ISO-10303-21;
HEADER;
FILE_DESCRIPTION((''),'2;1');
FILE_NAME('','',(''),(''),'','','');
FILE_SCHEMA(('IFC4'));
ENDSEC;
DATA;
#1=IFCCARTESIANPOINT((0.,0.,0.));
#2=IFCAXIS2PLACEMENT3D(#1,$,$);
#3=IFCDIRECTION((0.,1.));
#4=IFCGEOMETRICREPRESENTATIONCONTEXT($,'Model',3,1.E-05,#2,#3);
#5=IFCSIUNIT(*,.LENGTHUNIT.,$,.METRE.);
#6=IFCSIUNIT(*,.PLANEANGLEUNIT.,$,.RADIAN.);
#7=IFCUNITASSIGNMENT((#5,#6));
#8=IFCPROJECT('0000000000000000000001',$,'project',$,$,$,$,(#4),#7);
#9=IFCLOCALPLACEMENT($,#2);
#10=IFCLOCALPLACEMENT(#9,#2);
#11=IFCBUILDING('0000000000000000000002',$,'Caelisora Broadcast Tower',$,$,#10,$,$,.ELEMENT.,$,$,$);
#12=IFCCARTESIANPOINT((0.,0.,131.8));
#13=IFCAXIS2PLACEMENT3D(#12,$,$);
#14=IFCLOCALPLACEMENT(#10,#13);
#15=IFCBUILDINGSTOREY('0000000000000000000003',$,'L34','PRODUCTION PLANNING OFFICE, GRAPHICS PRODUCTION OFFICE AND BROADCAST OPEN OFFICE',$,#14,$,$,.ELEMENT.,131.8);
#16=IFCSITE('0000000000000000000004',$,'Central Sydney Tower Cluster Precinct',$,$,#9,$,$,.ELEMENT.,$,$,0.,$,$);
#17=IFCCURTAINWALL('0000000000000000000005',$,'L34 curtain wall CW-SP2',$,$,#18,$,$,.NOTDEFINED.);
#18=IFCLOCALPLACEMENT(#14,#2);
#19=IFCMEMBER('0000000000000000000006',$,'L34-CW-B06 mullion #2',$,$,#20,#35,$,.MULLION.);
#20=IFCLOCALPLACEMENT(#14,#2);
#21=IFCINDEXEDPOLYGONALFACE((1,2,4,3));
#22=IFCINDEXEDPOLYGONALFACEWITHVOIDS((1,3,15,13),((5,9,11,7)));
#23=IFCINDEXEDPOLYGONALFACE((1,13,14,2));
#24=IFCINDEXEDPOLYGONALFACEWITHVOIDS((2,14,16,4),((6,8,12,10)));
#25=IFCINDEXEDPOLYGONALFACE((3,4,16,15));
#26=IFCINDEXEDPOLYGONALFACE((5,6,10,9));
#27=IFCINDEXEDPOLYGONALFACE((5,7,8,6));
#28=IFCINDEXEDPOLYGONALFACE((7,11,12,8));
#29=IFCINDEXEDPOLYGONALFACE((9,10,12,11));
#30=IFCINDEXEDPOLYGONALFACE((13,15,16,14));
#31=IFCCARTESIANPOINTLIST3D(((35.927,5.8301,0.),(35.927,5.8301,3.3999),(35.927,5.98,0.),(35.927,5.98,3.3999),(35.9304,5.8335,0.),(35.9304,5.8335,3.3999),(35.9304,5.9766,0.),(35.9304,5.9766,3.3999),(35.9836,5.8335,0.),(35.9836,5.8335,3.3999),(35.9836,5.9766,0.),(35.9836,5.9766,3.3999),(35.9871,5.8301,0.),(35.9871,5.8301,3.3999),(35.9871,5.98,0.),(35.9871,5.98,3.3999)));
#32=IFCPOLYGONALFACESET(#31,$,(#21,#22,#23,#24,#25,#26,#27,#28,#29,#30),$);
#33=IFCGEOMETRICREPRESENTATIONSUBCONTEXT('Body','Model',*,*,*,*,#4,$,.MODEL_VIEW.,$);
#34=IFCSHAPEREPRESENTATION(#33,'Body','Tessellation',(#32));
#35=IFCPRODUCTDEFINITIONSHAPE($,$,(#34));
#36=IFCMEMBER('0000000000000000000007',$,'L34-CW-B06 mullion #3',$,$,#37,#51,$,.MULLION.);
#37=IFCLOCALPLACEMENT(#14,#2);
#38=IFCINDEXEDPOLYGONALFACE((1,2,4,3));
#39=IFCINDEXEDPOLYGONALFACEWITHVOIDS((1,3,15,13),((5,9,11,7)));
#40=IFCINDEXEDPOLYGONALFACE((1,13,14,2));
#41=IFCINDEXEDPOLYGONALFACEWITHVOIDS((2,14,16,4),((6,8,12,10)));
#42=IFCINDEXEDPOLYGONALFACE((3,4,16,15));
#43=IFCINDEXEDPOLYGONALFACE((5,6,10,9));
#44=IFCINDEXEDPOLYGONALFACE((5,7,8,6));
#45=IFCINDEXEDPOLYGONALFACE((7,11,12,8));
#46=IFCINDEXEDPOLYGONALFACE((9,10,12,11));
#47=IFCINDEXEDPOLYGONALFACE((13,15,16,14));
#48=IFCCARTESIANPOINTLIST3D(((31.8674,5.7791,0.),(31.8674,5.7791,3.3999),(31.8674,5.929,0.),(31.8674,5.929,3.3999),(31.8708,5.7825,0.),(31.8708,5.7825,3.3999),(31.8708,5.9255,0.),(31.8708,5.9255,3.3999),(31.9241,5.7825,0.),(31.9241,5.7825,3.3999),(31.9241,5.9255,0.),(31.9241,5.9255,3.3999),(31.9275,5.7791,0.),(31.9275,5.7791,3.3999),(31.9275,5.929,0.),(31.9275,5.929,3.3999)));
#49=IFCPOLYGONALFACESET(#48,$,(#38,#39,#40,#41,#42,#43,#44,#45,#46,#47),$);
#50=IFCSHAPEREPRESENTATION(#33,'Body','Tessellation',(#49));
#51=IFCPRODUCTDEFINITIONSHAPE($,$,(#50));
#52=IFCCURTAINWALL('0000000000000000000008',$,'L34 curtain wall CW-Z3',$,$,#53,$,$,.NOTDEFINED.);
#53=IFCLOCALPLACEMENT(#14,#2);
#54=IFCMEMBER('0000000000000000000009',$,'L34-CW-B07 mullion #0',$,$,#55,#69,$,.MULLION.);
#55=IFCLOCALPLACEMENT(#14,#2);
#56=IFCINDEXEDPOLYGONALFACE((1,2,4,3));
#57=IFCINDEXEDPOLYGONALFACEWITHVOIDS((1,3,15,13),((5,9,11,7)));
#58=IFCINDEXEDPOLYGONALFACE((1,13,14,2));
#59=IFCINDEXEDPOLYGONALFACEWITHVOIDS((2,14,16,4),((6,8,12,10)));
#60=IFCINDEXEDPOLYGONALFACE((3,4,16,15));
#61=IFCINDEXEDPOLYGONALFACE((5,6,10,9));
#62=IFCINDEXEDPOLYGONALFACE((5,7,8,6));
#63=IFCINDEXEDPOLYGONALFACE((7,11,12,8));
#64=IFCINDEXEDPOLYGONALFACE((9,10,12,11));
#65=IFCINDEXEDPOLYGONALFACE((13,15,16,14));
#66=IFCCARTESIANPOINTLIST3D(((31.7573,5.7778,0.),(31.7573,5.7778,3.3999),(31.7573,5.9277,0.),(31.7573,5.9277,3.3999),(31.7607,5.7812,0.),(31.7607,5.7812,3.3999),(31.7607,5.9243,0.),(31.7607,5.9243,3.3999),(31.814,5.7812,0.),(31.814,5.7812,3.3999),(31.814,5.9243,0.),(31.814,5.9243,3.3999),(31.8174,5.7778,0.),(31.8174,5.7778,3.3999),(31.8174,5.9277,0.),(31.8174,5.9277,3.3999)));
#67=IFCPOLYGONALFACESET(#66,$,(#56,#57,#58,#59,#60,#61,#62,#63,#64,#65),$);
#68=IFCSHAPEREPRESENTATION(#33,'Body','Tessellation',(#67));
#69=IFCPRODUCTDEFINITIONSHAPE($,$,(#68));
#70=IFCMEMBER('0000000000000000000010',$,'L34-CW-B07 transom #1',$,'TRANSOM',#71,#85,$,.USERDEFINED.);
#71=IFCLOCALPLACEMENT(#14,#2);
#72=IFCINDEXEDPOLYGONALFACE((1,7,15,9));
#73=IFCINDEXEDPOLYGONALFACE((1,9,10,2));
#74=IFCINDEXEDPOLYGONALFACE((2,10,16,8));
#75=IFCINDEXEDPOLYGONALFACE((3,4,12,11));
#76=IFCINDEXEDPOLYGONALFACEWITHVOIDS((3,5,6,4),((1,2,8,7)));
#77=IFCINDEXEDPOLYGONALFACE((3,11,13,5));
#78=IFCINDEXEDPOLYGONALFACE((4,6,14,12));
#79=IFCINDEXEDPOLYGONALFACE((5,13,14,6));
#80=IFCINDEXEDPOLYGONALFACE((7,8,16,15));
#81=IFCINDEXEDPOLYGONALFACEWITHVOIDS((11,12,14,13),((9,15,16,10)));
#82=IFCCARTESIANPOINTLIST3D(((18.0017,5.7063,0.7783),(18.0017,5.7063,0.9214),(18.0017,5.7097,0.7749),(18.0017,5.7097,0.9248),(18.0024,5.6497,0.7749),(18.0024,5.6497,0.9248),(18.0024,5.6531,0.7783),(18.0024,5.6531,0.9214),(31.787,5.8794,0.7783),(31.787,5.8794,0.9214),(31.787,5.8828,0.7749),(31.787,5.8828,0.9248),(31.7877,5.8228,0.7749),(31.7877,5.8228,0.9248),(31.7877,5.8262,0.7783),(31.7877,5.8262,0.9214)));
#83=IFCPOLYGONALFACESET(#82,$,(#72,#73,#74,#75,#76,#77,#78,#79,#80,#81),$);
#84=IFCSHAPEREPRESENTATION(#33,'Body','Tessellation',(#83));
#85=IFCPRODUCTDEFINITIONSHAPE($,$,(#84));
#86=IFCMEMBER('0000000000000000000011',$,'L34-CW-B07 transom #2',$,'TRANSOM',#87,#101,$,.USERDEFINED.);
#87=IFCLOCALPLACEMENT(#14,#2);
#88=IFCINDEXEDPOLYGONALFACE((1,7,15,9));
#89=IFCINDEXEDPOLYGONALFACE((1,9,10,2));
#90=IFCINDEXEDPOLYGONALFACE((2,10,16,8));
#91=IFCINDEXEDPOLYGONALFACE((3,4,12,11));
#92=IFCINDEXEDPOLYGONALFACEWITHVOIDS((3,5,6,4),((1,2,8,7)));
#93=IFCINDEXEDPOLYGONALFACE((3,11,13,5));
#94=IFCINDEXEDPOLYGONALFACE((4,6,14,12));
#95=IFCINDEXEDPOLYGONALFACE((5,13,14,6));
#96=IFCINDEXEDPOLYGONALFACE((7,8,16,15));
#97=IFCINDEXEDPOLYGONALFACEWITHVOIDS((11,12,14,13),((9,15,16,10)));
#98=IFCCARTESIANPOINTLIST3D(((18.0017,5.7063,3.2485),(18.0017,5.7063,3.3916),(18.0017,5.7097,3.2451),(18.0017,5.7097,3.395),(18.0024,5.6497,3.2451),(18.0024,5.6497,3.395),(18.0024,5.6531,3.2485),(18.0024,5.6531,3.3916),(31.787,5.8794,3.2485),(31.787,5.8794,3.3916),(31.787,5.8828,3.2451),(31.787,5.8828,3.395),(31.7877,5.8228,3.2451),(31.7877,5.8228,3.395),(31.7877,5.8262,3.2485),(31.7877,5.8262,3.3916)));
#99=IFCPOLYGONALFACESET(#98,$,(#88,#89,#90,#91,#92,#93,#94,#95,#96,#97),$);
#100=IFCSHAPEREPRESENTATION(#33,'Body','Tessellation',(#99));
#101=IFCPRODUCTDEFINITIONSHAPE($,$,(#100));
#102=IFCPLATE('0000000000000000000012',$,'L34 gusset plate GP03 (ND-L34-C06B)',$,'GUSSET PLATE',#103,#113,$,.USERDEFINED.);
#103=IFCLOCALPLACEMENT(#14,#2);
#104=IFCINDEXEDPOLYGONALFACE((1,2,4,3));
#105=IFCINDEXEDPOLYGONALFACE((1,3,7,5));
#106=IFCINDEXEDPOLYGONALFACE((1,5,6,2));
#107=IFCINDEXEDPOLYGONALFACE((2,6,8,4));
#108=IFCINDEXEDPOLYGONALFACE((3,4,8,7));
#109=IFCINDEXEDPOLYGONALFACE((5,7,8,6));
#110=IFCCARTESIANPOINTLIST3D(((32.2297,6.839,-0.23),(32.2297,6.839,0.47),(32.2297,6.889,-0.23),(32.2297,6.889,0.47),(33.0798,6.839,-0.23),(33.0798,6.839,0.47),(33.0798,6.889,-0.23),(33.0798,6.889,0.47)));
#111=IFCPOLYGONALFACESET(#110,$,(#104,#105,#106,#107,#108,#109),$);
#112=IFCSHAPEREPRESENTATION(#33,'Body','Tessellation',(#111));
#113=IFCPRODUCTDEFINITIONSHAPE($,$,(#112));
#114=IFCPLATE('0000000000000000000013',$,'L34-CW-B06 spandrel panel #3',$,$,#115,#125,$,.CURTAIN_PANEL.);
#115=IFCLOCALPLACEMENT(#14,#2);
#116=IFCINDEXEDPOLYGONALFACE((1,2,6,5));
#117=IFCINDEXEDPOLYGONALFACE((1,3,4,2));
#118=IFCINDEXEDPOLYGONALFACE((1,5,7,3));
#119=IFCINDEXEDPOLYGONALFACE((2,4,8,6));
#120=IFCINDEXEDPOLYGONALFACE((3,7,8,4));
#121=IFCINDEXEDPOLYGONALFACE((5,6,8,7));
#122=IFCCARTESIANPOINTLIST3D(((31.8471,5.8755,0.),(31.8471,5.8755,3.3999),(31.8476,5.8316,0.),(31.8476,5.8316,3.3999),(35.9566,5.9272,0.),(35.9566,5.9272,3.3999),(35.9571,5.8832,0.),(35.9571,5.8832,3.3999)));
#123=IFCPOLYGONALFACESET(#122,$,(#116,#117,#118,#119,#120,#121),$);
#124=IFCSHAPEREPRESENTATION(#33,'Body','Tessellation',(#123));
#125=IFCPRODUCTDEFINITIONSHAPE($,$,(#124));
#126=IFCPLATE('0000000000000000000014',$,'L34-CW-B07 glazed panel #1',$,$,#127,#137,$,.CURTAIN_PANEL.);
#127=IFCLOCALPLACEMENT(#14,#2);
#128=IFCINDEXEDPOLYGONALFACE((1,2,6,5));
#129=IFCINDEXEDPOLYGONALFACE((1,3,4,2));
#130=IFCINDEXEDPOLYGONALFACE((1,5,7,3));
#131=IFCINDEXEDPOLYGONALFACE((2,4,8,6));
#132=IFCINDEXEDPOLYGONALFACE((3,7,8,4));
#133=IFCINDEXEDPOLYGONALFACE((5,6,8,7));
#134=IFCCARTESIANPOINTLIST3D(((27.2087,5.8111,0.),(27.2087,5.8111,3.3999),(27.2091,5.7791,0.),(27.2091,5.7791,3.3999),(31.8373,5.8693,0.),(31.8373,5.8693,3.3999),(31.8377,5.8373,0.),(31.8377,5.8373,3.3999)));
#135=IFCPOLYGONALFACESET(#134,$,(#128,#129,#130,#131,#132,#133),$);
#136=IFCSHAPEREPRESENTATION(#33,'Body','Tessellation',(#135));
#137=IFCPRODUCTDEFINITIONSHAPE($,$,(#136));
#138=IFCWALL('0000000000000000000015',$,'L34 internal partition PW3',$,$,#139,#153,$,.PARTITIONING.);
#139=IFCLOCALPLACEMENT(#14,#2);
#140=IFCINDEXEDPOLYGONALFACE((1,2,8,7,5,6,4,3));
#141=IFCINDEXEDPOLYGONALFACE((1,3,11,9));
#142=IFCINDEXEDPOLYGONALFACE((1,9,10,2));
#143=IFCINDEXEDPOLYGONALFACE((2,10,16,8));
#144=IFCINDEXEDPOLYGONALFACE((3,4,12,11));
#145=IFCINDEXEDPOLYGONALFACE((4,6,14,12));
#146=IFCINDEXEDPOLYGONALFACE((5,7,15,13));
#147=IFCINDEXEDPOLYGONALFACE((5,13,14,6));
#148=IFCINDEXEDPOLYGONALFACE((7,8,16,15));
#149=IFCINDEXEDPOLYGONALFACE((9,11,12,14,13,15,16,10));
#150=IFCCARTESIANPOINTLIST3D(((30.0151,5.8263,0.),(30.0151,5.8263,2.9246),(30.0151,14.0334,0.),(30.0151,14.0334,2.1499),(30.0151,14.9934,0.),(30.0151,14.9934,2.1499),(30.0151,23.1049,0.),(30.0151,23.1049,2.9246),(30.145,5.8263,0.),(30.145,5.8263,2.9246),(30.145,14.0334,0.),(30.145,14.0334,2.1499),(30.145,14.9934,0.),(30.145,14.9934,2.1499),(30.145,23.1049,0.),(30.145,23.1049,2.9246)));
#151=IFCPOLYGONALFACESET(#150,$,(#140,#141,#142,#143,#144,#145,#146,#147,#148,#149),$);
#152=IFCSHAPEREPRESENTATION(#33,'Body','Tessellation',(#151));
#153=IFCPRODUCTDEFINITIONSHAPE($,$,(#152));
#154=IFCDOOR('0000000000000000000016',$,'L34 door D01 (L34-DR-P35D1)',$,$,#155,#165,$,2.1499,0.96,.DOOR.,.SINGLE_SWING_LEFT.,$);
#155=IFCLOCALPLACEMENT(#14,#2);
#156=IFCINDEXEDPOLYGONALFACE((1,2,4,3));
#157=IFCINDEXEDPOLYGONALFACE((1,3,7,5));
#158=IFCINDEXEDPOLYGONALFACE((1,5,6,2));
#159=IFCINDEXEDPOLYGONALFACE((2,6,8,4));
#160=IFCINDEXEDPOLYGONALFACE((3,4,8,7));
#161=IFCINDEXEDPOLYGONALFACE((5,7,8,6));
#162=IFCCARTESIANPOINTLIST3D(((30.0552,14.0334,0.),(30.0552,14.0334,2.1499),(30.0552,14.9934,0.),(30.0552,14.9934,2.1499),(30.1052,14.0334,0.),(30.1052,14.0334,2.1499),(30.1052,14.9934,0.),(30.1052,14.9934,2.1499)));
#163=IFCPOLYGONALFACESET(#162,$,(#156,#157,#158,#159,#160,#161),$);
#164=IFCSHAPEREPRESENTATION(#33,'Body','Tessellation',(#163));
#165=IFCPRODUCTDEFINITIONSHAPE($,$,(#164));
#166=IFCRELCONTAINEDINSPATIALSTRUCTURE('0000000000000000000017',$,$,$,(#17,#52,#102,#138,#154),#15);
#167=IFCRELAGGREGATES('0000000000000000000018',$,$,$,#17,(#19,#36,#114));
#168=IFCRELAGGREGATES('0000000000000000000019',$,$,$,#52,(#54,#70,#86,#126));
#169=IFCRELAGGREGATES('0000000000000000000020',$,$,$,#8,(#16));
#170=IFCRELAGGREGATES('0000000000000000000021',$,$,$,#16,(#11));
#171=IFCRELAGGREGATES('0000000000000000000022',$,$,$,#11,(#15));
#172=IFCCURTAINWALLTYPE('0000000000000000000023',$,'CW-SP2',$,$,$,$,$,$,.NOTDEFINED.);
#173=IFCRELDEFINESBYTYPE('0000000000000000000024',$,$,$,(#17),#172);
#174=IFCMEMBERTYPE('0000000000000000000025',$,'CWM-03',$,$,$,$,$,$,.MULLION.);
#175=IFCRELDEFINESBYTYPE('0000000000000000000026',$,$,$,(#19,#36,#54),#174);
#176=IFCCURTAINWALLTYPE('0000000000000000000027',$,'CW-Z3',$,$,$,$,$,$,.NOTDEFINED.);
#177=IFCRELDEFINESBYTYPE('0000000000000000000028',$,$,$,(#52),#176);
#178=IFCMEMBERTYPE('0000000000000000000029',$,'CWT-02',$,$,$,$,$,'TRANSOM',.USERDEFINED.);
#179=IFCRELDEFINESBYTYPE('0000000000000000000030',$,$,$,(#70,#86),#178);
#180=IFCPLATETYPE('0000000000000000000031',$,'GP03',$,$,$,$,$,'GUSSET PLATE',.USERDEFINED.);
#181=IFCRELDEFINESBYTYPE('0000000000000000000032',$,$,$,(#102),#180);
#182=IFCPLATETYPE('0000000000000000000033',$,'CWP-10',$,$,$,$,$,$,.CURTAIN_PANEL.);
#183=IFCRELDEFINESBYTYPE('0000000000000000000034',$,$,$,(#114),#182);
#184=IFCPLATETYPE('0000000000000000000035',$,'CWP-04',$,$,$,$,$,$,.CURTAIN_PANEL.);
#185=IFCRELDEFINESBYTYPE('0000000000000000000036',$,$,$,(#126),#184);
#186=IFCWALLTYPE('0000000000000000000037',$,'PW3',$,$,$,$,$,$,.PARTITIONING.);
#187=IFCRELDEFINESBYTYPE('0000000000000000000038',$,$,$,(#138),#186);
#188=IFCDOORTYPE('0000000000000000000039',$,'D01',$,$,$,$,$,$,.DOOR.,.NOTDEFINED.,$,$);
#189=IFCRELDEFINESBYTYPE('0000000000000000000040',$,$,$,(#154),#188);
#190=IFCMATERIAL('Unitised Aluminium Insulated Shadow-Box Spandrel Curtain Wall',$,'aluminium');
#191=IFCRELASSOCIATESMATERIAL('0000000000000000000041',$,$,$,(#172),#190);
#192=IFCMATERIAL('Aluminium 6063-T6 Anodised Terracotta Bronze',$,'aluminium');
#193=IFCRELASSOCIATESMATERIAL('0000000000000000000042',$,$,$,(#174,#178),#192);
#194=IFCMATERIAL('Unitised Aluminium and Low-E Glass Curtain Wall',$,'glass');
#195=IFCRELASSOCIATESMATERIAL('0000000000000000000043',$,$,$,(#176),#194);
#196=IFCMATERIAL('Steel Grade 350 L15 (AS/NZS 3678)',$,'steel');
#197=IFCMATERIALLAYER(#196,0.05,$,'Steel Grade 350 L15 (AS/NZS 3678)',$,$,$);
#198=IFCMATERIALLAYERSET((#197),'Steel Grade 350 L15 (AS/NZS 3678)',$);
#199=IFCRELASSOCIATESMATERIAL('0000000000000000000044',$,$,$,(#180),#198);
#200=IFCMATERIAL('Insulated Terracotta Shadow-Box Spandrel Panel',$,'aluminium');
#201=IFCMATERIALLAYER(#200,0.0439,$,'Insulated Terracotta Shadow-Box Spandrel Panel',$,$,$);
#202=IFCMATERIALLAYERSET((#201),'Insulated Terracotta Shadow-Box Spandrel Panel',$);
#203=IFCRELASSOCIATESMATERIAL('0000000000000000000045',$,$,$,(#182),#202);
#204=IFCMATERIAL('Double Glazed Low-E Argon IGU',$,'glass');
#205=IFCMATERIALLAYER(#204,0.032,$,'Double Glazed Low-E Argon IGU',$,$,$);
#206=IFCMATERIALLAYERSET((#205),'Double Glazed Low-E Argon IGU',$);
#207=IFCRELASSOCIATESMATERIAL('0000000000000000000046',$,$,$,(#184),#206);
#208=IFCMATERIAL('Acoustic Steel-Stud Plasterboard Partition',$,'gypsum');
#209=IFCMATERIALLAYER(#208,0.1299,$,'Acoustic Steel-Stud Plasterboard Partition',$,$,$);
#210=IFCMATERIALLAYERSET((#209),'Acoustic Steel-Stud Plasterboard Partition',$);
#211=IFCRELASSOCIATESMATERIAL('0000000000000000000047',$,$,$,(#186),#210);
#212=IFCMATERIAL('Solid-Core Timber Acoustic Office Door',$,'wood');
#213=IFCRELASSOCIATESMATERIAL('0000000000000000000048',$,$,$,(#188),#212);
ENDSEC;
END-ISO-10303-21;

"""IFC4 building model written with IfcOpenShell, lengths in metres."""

from ifc_helpers import new_model, si_unit, direction, frame, frame_2d, origin, origin_2d, place, context, subcontext, project, spatial, rectangle, hollow_rectangle, extrude, source, transform, mapped, material, layer, layer_set, material_profile, profile_set, type_object, type_shapes, element, fill, aggregate, save


model = new_model("IFC4")

# Units and contexts
model_context = context("Model", 3, precision=1e-05, world=origin(), true_north=direction((0.0, 1.0)))
body_context = subcontext(model_context, "Body", "Model", "MODEL_VIEW")
ifc_project = project(units=[si_unit("LENGTHUNIT", "METRE"), si_unit("PLANEANGLEUNIT", "RADIAN")], contexts=[model_context])

# Site, building, storey
site_placement = place(None, origin())
site = spatial("IfcSite", under=ifc_project, at=site_placement, Name="Central Sydney Tower Cluster Precinct", CompositionType="ELEMENT", RefElevation=0.0)
building_placement = place(site_placement, origin())
building = spatial("IfcBuilding", under=site, at=building_placement, Name="Caelisora Broadcast Tower", CompositionType="ELEMENT")
storey_placement = place(building_placement, frame((0.0, 0.0, 131.8)))
storey = spatial("IfcBuildingStorey", under=building, at=storey_placement, Name="L34", Description="PRODUCTION PLANNING OFFICE, GRAPHICS PRODUCTION OFFICE AND BROADCAST OPEN OFFICE", CompositionType="ELEMENT", Elevation=131.8)

# Shared definitions
ifc_material_1 = material(Name="Steel Grade 350 L15 (AS/NZS 3678)", Category="steel")

# Curtain walls, members
ifc_material_2 = material(Name="Unitised Aluminium Insulated Shadow-Box Spandrel Curtain Wall", Category="aluminium")
curtain_wall_type_1 = type_object("IfcCurtainWallType", Name="CW-SP2", PredefinedType="NOTDEFINED", material=ifc_material_2)
curtain_wall_1_placement = place(storey_placement, origin())
curtain_wall_1 = element("IfcCurtainWall", 1, at=curtain_wall_1_placement, inside=storey, type_object=curtain_wall_type_1, Name="L34 curtain wall CW-SP2", PredefinedType="NOTDEFINED")
ifc_material_3 = material(Name="Aluminium 6063-T6 Anodised Terracotta Bronze", Category="aluminium")
ifc_material_profile_1 = material_profile(ifc_material_3, hollow_rectangle(XDim=0.0601, YDim=0.1499, WallThickness=0.0034, at=origin_2d()), Name="Aluminium 6063-T6 Anodised Terracotta Bronze")
ifc_profile_set_1 = profile_set([ifc_material_profile_1], Name="Aluminium 6063-T6 Anodised Terracotta Bronze")
member_type_1 = type_object("IfcMemberType", Name="CWM-03", PredefinedType="MULLION", material=ifc_profile_set_1)
shared_shape_1 = source(origin(), body_context, "Body", "SweptSolid", [
    extrude(hollow_rectangle(XDim=0.0601, YDim=0.1499, WallThickness=0.0034, at=origin_2d()), origin(), (0.0, 0.0, 1.0), 3.3999),
])
type_shapes(member_type_1, [shared_shape_1])
member_1_placement = place(storey_placement, frame((35.957, 5.905, 0.0), z_axis=(0.0, 0.0, 1.0), x_axis=(1.0, 0.0, 0.0)))
member_1 = element("IfcMember", 2, at=member_1_placement, type_object=member_type_1, Name="L34-CW-B06 mullion #2", PredefinedType="MULLION", context=body_context, shape_type="MappedRepresentation", body=[
    mapped(shared_shape_1, transform((0.0, 0.0, 0.0), scale=1.0)),
])
member_2_placement = place(storey_placement, frame((31.8975, 5.854, 0.0), z_axis=(0.0, 0.0, 1.0), x_axis=(1.0, 0.0, 0.0)))
member_2 = element("IfcMember", 3, at=member_2_placement, type_object=member_type_1, Name="L34-CW-B06 mullion #3", PredefinedType="MULLION", context=body_context, shape_type="MappedRepresentation", body=[
    mapped(shared_shape_1, transform((0.0, 0.0, 0.0), scale=1.0)),
])
ifc_material_4 = material(Name="Unitised Aluminium and Low-E Glass Curtain Wall", Category="glass")
curtain_wall_type_2 = type_object("IfcCurtainWallType", Name="CW-Z3", PredefinedType="NOTDEFINED", material=ifc_material_4)
curtain_wall_2_placement = place(storey_placement, origin())
curtain_wall_2 = element("IfcCurtainWall", 4, at=curtain_wall_2_placement, inside=storey, type_object=curtain_wall_type_2, Name="L34 curtain wall CW-Z3", PredefinedType="NOTDEFINED")
member_3_placement = place(storey_placement, frame((31.7874, 5.8528, 0.0), z_axis=(0.0, 0.0, 1.0), x_axis=(1.0, 0.0, 0.0)))
member_3 = element("IfcMember", 5, at=member_3_placement, type_object=member_type_1, Name="L34-CW-B07 mullion #0", PredefinedType="MULLION", context=body_context, shape_type="MappedRepresentation", body=[
    mapped(shared_shape_1, transform((0.0, 0.0, 0.0), scale=1.0)),
])
ifc_material_profile_2 = material_profile(ifc_material_3, hollow_rectangle(XDim=0.0601, YDim=0.1499, WallThickness=0.0034, at=origin_2d()), Name="Aluminium 6063-T6 Anodised Terracotta Bronze")
ifc_profile_set_2 = profile_set([ifc_material_profile_2], Name="Aluminium 6063-T6 Anodised Terracotta Bronze")
member_type_2 = type_object("IfcMemberType", Name="CWT-02", ElementType="TRANSOM", PredefinedType="USERDEFINED", material=ifc_profile_set_2)
shared_shape_2 = source(origin(), body_context, "Body", "SweptSolid", [
    extrude(hollow_rectangle(XDim=0.0601, YDim=0.1499, WallThickness=0.0034, at=origin_2d()), origin(), (0.0, 0.0, 1.0), 13.7864),
])
type_shapes(member_type_2, [shared_shape_2])
member_4_placement = place(storey_placement, frame((31.7874, 5.8528, 0.8499), z_axis=(-0.999921, -0.012555, 0.0), x_axis=(0.012555, -0.999921, 0.0)))
member_4 = element("IfcMember", 6, at=member_4_placement, type_object=member_type_2, Name="L34-CW-B07 transom #1", ObjectType="TRANSOM", PredefinedType="USERDEFINED", context=body_context, shape_type="MappedRepresentation", body=[
    mapped(shared_shape_2, transform((0.0, 0.0, 0.0), scale=1.0)),
])
member_5_placement = place(storey_placement, frame((31.7874, 5.8528, 3.3201), z_axis=(-0.999921, -0.012555, 0.0), x_axis=(0.012555, -0.999921, 0.0)))
member_5 = element("IfcMember", 7, at=member_5_placement, type_object=member_type_2, Name="L34-CW-B07 transom #2", ObjectType="TRANSOM", PredefinedType="USERDEFINED", context=body_context, shape_type="MappedRepresentation", body=[
    mapped(shared_shape_2, transform((0.0, 0.0, 0.0), scale=1.0)),
])

# Plates
ifc_layer_1 = layer(ifc_material_1, 0.05, Name="Steel Grade 350 L15 (AS/NZS 3678)")
ifc_layer_set_1 = layer_set([ifc_layer_1], Name="Steel Grade 350 L15 (AS/NZS 3678)")
plate_type_1 = type_object("IfcPlateType", Name="GP03", ElementType="GUSSET PLATE", PredefinedType="USERDEFINED", material=ifc_layer_set_1)
shared_shape_3 = source(origin(), body_context, "Body", "SweptSolid", [
    extrude(rectangle(XDim=0.8501, YDim=0.05, at=origin_2d()), origin(), (0.0, 0.0, 1.0), 0.7),
])
type_shapes(plate_type_1, [shared_shape_3])
plate_1_placement = place(storey_placement, frame((32.6548, 6.864, -0.23), z_axis=(0.0, 0.0, 1.0), x_axis=(1.0, 0.0, 0.0)))
element("IfcPlate", 8, at=plate_1_placement, inside=storey, type_object=plate_type_1, Name="L34 gusset plate GP03 (ND-L34-C06B)", ObjectType="GUSSET PLATE", PredefinedType="USERDEFINED", context=body_context, shape_type="MappedRepresentation", body=[
    mapped(shared_shape_3, transform((0.0, 0.0, 0.0), scale=1.0)),
])
ifc_material_5 = material(Name="Insulated Terracotta Shadow-Box Spandrel Panel", Category="aluminium")
ifc_layer_2 = layer(ifc_material_5, 0.0439, Name="Insulated Terracotta Shadow-Box Spandrel Panel")
ifc_layer_set_2 = layer_set([ifc_layer_2], Name="Insulated Terracotta Shadow-Box Spandrel Panel")
plate_type_2 = type_object("IfcPlateType", Name="CWP-10", PredefinedType="CURTAIN_PANEL", material=ifc_layer_set_2)
shared_shape_4 = source(origin(), body_context, "Body", "SweptSolid", [
    extrude(rectangle(XDim=4.1099, YDim=0.0439, at=origin_2d()), origin(), (0.0, 0.0, 1.0), 3.3999),
])
type_shapes(plate_type_2, [shared_shape_4])
plate_2_placement = place(storey_placement, frame((33.9021, 5.8794, 0.0), z_axis=(0.0, 0.0, 1.0), x_axis=(-0.999921, -0.012566, 0.0)))
plate_2 = element("IfcPlate", 9, at=plate_2_placement, type_object=plate_type_2, Name="L34-CW-B06 spandrel panel #3", PredefinedType="CURTAIN_PANEL", context=body_context, shape_type="MappedRepresentation", body=[
    mapped(shared_shape_4, transform((0.0, 0.0, 0.0), scale=1.0)),
])
aggregate(curtain_wall_1, [member_1, member_2, plate_2])
ifc_material_6 = material(Name="Double Glazed Low-E Argon IGU", Category="glass")
ifc_layer_3 = layer(ifc_material_6, 0.032, Name="Double Glazed Low-E Argon IGU")
ifc_layer_set_3 = layer_set([ifc_layer_3], Name="Double Glazed Low-E Argon IGU")
plate_type_3 = type_object("IfcPlateType", Name="CWP-04", PredefinedType="CURTAIN_PANEL", material=ifc_layer_set_3)
shared_shape_5 = source(origin(), body_context, "Body", "SweptSolid", [
    extrude(rectangle(XDim=4.6289, YDim=0.032, at=origin_2d()), origin(), (0.0, 0.0, 1.0), 3.3999),
])
type_shapes(plate_type_3, [shared_shape_5])
plate_3_placement = place(storey_placement, frame((29.5232, 5.8242, 0.0), z_axis=(0.0, 0.0, 1.0), x_axis=(-0.999921, -0.012566, 0.0)))
plate_3 = element("IfcPlate", 10, at=plate_3_placement, type_object=plate_type_3, Name="L34-CW-B07 glazed panel #1", PredefinedType="CURTAIN_PANEL", context=body_context, shape_type="MappedRepresentation", body=[
    mapped(shared_shape_5, transform((0.0, 0.0, 0.0), scale=1.0)),
])
aggregate(curtain_wall_2, [member_3, member_4, member_5, plate_3])

# Wall, opening, door
ifc_material_7 = material(Name="Acoustic Steel-Stud Plasterboard Partition", Category="gypsum")
ifc_layer_4 = layer(ifc_material_7, 0.1299, Name="Acoustic Steel-Stud Plasterboard Partition")
ifc_layer_set_4 = layer_set([ifc_layer_4], Name="Acoustic Steel-Stud Plasterboard Partition")
wall_type_1 = type_object("IfcWallType", Name="PW3", PredefinedType="PARTITIONING", material=ifc_layer_set_4)
wall_1_placement = place(storey_placement, frame((30.0801, 5.8264, 0.0), z_axis=(0.0, 0.0, 1.0), x_axis=(0.0, 1.0, 0.0)))
wall_1 = element("IfcWall", 11, at=wall_1_placement, inside=storey, type_object=wall_type_1, Name="L34 internal partition PW3", PredefinedType="PARTITIONING", context=body_context, shape_type="SweptSolid", body=[
    extrude(rectangle(XDim=17.2786, YDim=0.1299, at=frame_2d((8.6392, 0.0))), origin(), (0.0, 0.0, 1.0), 2.9246),
])
opening_1_placement = place(wall_1_placement, frame((8.207, 0.0, 0.0)))
opening_1 = element("IfcOpeningElement", 12, at=opening_1_placement, cuts=wall_1, PredefinedType="OPENING", context=body_context, shape_type="SweptSolid", body=[
    extrude(rectangle(XDim=0.96, YDim=2.1499, at=frame_2d((0.48, 1.075))), frame((0.0, 0.0769, 0.0), z_axis=(0.0, -1.0, 0.0), x_axis=(1.0, 0.0, 0.0)), (0.0, 0.0, 1.0), 0.1538),
])
ifc_material_8 = material(Name="Solid-Core Timber Acoustic Office Door", Category="wood")
door_type_1 = type_object("IfcDoorType", Name="D01", OperationType="NOTDEFINED", PredefinedType="DOOR", material=ifc_material_8)
door_1_placement = place(opening_1_placement, origin())
door_1 = element("IfcDoor", 13, at=door_1_placement, inside=storey, type_object=door_type_1, Name="L34 door D01 (L34-DR-P35D1)", OperationType="SINGLE_SWING_LEFT", OverallHeight=2.1499, OverallWidth=0.96, PredefinedType="DOOR", context=body_context, shape_type="SweptSolid", body=[
    extrude(rectangle(XDim=0.96, YDim=2.1499, at=frame_2d((0.48, 1.075))), frame((0.0, 0.0249, 0.0), z_axis=(0.0, -1.0, 0.0), x_axis=(1.0, 0.0, 0.0)), (0.0, 0.0, 1.0), 0.05),
])
fill(opening_1, door_1)

save(model, "model.ifc")
